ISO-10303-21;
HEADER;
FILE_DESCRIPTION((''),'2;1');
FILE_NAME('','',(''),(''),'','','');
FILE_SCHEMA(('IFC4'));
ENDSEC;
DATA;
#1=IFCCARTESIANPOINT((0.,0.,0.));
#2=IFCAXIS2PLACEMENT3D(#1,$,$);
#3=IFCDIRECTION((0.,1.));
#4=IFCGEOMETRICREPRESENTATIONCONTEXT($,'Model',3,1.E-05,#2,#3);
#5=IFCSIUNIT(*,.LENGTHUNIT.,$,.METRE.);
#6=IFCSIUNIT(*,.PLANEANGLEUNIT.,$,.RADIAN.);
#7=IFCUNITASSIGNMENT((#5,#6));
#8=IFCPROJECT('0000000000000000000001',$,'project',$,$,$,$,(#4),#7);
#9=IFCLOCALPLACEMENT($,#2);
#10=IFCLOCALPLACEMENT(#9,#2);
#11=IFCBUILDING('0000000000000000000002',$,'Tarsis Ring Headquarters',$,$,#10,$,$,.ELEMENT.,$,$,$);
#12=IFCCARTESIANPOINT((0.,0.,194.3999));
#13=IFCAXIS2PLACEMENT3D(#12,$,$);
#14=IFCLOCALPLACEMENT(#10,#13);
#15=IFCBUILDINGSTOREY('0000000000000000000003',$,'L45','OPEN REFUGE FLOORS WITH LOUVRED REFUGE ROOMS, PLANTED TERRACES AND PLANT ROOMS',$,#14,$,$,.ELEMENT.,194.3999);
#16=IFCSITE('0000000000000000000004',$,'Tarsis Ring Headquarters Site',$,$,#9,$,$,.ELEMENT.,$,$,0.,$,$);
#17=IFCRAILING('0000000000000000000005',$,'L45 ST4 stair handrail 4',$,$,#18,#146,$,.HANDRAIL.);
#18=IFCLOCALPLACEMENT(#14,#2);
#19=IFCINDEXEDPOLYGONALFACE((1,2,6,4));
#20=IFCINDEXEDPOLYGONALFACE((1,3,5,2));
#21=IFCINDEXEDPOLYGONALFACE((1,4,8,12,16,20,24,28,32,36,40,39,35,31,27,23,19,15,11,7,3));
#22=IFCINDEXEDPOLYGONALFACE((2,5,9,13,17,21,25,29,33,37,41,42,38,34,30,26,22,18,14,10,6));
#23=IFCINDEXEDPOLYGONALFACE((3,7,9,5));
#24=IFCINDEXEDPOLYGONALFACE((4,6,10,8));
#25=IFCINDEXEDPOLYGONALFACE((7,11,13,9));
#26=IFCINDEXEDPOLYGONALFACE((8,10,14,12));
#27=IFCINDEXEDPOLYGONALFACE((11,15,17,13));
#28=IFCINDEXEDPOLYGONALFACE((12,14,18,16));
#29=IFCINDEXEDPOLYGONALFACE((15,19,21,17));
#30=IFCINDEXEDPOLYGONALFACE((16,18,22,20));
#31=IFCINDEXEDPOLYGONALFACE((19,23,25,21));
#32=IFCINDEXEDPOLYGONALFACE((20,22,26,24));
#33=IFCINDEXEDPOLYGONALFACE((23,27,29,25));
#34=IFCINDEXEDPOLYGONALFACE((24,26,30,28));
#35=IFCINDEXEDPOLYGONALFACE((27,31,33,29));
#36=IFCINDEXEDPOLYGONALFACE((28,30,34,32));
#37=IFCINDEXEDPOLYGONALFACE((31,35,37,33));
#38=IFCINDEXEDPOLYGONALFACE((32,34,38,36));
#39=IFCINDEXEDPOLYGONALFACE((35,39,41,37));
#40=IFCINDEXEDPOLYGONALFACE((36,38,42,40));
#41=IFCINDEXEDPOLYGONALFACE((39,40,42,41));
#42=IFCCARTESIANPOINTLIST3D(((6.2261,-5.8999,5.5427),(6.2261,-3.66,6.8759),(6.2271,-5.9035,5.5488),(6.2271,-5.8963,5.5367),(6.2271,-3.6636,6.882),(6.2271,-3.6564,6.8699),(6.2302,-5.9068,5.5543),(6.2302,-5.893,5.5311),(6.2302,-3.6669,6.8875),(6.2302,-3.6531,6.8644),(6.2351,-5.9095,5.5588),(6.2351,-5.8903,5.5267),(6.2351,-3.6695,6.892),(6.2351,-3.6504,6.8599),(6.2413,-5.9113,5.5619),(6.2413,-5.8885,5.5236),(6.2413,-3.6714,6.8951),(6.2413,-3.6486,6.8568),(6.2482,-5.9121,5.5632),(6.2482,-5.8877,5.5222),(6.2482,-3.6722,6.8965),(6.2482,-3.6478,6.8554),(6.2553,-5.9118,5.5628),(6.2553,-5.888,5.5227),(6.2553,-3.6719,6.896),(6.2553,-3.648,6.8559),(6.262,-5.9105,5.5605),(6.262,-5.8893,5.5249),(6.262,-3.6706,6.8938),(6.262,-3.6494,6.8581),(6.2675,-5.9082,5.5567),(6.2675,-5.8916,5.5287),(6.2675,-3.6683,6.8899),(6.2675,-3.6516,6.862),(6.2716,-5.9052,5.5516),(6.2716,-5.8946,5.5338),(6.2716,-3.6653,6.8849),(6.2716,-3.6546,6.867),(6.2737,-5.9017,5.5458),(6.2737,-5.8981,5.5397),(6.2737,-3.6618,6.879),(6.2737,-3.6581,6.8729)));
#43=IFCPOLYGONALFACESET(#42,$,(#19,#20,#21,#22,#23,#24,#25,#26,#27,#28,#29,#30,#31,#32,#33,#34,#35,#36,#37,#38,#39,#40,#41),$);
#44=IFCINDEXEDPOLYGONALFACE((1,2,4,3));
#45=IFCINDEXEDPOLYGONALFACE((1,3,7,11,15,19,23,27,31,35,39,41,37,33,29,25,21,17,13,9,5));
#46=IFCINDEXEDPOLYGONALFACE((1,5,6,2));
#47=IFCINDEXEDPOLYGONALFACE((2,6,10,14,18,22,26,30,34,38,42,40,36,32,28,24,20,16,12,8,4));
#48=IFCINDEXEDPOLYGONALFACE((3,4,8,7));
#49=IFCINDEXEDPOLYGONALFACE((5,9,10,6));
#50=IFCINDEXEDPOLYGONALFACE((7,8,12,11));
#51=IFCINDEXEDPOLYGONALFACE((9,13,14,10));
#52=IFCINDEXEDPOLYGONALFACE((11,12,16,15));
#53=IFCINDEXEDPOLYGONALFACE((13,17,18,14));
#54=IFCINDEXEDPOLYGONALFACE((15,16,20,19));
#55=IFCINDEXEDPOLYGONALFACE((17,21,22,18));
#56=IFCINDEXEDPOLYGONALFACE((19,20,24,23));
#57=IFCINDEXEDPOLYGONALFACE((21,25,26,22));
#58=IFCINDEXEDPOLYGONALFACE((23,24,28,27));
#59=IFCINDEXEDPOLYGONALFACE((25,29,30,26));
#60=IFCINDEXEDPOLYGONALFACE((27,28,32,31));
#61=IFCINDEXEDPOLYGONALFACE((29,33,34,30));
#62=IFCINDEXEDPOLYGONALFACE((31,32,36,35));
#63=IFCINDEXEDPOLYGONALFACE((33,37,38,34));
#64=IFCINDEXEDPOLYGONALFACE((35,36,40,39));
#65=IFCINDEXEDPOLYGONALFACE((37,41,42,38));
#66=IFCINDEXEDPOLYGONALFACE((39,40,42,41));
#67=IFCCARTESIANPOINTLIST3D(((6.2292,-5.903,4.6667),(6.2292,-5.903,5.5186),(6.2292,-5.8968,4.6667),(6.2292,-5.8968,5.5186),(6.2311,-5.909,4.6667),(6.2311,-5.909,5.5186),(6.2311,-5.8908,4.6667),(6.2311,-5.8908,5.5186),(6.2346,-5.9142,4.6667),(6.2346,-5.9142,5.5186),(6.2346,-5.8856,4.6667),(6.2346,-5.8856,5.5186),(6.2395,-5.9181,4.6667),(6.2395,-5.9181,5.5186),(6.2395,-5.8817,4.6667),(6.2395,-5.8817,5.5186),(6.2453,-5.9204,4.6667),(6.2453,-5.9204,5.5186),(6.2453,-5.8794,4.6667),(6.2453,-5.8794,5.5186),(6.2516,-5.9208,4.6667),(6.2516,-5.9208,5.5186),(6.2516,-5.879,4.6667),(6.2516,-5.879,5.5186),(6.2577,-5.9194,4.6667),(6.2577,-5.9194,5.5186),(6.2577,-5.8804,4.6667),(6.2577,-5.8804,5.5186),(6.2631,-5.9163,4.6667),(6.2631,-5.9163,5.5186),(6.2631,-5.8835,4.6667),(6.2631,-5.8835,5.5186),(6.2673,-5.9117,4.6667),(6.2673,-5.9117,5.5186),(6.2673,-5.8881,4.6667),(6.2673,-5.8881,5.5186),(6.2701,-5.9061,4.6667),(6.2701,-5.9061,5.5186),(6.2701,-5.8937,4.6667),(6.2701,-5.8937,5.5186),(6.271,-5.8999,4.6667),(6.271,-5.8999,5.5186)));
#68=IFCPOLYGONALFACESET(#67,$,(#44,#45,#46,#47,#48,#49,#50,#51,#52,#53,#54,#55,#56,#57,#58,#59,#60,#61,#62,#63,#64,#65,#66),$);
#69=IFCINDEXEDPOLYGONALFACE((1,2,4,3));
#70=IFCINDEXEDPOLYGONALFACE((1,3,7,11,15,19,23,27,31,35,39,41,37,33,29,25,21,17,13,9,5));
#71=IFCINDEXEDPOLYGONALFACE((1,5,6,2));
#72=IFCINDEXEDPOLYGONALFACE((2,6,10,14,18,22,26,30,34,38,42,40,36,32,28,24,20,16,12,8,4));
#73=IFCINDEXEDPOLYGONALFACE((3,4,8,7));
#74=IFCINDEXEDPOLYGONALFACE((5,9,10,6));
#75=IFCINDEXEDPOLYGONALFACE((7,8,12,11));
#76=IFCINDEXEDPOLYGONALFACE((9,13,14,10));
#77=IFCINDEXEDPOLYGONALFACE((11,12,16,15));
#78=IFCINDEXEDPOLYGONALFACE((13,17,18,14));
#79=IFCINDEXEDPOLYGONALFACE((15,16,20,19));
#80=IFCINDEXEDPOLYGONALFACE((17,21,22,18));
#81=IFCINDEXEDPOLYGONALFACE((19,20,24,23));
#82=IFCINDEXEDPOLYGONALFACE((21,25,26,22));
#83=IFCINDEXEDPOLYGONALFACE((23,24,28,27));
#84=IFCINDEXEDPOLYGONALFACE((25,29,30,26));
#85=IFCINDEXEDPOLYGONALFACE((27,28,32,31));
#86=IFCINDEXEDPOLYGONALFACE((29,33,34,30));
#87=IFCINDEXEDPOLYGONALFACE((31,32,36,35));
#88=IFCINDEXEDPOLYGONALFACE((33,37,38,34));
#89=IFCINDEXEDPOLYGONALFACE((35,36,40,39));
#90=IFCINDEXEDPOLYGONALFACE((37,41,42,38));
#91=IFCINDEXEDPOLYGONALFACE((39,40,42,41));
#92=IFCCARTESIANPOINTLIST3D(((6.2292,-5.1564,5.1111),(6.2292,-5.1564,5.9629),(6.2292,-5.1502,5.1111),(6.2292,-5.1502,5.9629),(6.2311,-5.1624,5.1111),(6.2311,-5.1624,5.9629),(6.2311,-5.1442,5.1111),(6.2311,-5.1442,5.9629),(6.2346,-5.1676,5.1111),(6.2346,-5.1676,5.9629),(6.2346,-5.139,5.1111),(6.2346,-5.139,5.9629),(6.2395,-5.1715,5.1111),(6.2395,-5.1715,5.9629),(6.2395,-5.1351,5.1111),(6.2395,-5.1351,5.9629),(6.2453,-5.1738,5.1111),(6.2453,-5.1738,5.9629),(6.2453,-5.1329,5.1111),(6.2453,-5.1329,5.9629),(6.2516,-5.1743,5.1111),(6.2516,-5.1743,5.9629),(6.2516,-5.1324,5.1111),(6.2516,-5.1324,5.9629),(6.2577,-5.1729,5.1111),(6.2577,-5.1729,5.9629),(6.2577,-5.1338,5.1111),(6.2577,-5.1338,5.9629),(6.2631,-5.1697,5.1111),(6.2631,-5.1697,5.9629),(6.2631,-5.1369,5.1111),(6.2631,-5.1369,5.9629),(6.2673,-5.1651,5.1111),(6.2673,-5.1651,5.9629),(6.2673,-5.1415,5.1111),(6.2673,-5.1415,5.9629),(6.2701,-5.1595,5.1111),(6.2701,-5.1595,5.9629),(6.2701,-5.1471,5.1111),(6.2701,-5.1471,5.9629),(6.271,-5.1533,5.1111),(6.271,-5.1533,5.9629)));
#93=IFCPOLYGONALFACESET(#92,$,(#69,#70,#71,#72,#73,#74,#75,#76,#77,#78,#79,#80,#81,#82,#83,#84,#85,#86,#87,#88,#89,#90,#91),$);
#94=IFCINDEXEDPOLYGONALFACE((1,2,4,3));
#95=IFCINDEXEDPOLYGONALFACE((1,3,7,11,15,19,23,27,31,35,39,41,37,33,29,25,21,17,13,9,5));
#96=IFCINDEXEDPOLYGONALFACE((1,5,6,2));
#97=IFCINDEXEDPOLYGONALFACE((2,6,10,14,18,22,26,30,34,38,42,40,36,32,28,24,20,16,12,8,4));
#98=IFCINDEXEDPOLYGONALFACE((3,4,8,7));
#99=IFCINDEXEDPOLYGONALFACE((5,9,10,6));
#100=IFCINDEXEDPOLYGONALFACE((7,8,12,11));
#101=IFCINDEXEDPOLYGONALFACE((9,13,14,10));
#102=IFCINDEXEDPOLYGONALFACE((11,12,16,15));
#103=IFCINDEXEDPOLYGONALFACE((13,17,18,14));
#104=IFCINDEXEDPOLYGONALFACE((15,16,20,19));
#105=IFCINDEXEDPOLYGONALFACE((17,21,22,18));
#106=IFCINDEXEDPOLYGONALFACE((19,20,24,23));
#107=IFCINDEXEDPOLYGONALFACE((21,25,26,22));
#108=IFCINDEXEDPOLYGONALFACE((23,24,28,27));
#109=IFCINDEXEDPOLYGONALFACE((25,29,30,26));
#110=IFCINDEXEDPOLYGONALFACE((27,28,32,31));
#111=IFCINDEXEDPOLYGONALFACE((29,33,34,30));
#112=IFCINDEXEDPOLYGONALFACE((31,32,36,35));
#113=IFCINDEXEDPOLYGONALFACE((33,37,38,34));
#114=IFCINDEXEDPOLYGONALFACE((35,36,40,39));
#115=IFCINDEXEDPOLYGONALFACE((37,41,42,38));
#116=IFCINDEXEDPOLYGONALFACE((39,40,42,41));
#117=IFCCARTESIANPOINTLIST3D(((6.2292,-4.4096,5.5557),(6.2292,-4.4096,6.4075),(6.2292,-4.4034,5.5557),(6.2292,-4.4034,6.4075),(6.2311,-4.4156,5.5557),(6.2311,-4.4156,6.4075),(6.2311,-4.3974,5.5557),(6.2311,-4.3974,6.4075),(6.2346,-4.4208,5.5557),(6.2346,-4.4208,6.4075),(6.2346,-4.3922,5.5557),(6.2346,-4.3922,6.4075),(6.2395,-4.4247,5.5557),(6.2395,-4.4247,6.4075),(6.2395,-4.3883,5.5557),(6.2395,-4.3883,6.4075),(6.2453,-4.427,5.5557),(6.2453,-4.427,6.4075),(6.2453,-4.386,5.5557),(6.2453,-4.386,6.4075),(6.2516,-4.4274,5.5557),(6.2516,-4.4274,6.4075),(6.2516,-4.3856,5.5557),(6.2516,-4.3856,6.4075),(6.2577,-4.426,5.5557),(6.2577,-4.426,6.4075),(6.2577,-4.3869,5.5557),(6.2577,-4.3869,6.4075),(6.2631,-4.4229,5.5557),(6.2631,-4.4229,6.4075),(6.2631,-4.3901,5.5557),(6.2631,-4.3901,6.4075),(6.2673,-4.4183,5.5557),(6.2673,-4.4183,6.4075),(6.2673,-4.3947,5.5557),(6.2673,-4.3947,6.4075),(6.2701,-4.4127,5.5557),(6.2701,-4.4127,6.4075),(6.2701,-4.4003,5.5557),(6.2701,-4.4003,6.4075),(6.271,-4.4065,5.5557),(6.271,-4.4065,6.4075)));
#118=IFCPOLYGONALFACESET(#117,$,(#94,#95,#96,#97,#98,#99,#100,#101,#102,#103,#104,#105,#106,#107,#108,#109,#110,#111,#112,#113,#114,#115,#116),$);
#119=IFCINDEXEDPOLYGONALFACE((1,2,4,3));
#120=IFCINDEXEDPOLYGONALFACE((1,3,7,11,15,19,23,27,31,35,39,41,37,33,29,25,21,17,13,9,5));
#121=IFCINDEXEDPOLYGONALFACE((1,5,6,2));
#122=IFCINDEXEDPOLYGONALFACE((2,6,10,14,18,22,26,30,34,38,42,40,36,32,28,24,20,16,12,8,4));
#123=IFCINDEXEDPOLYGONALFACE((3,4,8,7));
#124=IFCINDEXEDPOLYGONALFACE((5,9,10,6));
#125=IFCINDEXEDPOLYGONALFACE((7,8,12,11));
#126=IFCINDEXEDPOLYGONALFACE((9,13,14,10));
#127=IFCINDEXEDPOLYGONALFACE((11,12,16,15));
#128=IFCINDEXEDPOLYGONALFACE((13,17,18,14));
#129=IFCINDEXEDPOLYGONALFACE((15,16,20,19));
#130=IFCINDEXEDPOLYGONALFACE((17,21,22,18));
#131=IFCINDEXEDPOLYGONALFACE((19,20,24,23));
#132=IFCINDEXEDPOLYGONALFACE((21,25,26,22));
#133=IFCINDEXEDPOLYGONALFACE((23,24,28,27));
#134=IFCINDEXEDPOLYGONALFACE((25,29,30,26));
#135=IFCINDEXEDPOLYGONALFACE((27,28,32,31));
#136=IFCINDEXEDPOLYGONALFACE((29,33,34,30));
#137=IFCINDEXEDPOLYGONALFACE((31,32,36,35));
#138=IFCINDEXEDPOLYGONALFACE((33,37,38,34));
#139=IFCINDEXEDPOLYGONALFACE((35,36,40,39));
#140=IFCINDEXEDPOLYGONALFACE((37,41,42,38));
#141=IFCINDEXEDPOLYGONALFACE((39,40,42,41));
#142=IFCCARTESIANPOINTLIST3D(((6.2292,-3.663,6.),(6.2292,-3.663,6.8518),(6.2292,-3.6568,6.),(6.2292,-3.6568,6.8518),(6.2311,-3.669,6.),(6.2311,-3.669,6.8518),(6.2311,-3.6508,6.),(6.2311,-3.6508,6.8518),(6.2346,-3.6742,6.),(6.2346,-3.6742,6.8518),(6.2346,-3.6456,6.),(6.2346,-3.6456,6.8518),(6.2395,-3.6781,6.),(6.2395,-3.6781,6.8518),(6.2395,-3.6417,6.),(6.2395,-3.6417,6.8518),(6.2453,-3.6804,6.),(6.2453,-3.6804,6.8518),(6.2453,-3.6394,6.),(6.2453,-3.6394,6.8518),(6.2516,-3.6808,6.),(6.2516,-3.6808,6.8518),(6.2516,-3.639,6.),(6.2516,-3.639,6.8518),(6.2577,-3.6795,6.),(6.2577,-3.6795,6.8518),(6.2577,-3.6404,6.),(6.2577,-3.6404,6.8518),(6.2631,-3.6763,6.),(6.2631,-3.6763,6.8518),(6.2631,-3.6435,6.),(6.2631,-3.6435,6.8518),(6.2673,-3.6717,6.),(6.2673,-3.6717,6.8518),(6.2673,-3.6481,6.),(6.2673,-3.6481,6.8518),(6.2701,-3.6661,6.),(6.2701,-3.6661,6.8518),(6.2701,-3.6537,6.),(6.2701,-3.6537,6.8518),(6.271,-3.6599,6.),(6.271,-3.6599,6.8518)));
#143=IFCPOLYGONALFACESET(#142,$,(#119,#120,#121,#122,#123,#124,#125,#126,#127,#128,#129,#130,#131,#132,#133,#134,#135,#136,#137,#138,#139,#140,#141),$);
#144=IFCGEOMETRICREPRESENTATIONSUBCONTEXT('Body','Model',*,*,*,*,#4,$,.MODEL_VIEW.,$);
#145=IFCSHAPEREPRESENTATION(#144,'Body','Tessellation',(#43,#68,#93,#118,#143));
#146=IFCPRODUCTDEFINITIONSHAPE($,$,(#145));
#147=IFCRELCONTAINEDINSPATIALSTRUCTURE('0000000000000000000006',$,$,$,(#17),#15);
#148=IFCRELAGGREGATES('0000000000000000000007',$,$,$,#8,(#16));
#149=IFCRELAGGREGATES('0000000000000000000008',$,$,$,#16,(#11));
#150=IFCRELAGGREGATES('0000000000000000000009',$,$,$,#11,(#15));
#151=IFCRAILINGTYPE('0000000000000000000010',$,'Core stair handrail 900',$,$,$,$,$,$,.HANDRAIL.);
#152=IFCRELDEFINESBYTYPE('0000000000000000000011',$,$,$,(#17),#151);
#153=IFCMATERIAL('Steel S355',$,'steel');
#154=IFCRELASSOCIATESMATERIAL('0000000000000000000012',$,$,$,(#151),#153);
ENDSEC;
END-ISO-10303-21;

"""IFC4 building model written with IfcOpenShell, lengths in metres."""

from ifc_helpers import new_model, si_unit, direction, frame, origin, origin_2d, place, context, subcontext, project, spatial, circle, extrude, material, type_object, element, save


model = new_model("IFC4")

# Units and contexts
model_context = context("Model", 3, precision=1e-05, world=origin(), true_north=direction((0.0, 1.0)))
body_context = subcontext(model_context, "Body", "Model", "MODEL_VIEW")
ifc_project = project(units=[si_unit("LENGTHUNIT", "METRE"), si_unit("PLANEANGLEUNIT", "RADIAN")], contexts=[model_context])

# Site, building, storey
site_placement = place(None, origin())
site = spatial("IfcSite", under=ifc_project, at=site_placement, Name="Tarsis Ring Headquarters Site", CompositionType="ELEMENT", RefElevation=0.0)
building_placement = place(site_placement, origin())
building = spatial("IfcBuilding", under=site, at=building_placement, Name="Tarsis Ring Headquarters", CompositionType="ELEMENT")
storey_placement = place(building_placement, frame((0.0, 0.0, 194.3999)))
storey = spatial("IfcBuildingStorey", under=building, at=storey_placement, Name="L45", Description="OPEN REFUGE FLOORS WITH LOUVRED REFUGE ROOMS, PLANTED TERRACES AND PLANT ROOMS", CompositionType="ELEMENT", Elevation=194.3999)

# Railing
ifc_material_1 = material(Name="Steel S355", Category="steel")
railing_type_1 = type_object("IfcRailingType", Name="Core stair handrail 900", PredefinedType="HANDRAIL", material=ifc_material_1)
railing_1_placement = place(storey_placement, frame((6.25, -5.8999, 4.6667)))
element("IfcRailing", 1, at=railing_1_placement, inside=storey, type_object=railing_type_1, Name="L45 ST4 stair handrail 4", PredefinedType="HANDRAIL", context=body_context, shape_type="SweptSolid", body=[
    extrude(circle(Radius=0.0239, at=origin_2d()), frame((0.0, 0.0, 0.876), z_axis=(0.0, 0.859306, 0.511462), x_axis=(-1.0, 0.0, 0.0)), (0.0, 0.0, 1.0), 2.6067),
    extrude(circle(Radius=0.021, at=origin_2d()), origin(), (0.0, 0.0, 1.0), 0.8518),
    extrude(circle(Radius=0.021, at=origin_2d()), frame((0.0, 0.7466, 0.4443)), (0.0, 0.0, 1.0), 0.8518),
    extrude(circle(Radius=0.021, at=origin_2d()), frame((0.0, 1.4934, 0.8889)), (0.0, 0.0, 1.0), 0.8518),
    extrude(circle(Radius=0.021, at=origin_2d()), frame((0.0, 2.24, 1.3333)), (0.0, 0.0, 1.0), 0.8518),
])

save(model, "model.ifc")
